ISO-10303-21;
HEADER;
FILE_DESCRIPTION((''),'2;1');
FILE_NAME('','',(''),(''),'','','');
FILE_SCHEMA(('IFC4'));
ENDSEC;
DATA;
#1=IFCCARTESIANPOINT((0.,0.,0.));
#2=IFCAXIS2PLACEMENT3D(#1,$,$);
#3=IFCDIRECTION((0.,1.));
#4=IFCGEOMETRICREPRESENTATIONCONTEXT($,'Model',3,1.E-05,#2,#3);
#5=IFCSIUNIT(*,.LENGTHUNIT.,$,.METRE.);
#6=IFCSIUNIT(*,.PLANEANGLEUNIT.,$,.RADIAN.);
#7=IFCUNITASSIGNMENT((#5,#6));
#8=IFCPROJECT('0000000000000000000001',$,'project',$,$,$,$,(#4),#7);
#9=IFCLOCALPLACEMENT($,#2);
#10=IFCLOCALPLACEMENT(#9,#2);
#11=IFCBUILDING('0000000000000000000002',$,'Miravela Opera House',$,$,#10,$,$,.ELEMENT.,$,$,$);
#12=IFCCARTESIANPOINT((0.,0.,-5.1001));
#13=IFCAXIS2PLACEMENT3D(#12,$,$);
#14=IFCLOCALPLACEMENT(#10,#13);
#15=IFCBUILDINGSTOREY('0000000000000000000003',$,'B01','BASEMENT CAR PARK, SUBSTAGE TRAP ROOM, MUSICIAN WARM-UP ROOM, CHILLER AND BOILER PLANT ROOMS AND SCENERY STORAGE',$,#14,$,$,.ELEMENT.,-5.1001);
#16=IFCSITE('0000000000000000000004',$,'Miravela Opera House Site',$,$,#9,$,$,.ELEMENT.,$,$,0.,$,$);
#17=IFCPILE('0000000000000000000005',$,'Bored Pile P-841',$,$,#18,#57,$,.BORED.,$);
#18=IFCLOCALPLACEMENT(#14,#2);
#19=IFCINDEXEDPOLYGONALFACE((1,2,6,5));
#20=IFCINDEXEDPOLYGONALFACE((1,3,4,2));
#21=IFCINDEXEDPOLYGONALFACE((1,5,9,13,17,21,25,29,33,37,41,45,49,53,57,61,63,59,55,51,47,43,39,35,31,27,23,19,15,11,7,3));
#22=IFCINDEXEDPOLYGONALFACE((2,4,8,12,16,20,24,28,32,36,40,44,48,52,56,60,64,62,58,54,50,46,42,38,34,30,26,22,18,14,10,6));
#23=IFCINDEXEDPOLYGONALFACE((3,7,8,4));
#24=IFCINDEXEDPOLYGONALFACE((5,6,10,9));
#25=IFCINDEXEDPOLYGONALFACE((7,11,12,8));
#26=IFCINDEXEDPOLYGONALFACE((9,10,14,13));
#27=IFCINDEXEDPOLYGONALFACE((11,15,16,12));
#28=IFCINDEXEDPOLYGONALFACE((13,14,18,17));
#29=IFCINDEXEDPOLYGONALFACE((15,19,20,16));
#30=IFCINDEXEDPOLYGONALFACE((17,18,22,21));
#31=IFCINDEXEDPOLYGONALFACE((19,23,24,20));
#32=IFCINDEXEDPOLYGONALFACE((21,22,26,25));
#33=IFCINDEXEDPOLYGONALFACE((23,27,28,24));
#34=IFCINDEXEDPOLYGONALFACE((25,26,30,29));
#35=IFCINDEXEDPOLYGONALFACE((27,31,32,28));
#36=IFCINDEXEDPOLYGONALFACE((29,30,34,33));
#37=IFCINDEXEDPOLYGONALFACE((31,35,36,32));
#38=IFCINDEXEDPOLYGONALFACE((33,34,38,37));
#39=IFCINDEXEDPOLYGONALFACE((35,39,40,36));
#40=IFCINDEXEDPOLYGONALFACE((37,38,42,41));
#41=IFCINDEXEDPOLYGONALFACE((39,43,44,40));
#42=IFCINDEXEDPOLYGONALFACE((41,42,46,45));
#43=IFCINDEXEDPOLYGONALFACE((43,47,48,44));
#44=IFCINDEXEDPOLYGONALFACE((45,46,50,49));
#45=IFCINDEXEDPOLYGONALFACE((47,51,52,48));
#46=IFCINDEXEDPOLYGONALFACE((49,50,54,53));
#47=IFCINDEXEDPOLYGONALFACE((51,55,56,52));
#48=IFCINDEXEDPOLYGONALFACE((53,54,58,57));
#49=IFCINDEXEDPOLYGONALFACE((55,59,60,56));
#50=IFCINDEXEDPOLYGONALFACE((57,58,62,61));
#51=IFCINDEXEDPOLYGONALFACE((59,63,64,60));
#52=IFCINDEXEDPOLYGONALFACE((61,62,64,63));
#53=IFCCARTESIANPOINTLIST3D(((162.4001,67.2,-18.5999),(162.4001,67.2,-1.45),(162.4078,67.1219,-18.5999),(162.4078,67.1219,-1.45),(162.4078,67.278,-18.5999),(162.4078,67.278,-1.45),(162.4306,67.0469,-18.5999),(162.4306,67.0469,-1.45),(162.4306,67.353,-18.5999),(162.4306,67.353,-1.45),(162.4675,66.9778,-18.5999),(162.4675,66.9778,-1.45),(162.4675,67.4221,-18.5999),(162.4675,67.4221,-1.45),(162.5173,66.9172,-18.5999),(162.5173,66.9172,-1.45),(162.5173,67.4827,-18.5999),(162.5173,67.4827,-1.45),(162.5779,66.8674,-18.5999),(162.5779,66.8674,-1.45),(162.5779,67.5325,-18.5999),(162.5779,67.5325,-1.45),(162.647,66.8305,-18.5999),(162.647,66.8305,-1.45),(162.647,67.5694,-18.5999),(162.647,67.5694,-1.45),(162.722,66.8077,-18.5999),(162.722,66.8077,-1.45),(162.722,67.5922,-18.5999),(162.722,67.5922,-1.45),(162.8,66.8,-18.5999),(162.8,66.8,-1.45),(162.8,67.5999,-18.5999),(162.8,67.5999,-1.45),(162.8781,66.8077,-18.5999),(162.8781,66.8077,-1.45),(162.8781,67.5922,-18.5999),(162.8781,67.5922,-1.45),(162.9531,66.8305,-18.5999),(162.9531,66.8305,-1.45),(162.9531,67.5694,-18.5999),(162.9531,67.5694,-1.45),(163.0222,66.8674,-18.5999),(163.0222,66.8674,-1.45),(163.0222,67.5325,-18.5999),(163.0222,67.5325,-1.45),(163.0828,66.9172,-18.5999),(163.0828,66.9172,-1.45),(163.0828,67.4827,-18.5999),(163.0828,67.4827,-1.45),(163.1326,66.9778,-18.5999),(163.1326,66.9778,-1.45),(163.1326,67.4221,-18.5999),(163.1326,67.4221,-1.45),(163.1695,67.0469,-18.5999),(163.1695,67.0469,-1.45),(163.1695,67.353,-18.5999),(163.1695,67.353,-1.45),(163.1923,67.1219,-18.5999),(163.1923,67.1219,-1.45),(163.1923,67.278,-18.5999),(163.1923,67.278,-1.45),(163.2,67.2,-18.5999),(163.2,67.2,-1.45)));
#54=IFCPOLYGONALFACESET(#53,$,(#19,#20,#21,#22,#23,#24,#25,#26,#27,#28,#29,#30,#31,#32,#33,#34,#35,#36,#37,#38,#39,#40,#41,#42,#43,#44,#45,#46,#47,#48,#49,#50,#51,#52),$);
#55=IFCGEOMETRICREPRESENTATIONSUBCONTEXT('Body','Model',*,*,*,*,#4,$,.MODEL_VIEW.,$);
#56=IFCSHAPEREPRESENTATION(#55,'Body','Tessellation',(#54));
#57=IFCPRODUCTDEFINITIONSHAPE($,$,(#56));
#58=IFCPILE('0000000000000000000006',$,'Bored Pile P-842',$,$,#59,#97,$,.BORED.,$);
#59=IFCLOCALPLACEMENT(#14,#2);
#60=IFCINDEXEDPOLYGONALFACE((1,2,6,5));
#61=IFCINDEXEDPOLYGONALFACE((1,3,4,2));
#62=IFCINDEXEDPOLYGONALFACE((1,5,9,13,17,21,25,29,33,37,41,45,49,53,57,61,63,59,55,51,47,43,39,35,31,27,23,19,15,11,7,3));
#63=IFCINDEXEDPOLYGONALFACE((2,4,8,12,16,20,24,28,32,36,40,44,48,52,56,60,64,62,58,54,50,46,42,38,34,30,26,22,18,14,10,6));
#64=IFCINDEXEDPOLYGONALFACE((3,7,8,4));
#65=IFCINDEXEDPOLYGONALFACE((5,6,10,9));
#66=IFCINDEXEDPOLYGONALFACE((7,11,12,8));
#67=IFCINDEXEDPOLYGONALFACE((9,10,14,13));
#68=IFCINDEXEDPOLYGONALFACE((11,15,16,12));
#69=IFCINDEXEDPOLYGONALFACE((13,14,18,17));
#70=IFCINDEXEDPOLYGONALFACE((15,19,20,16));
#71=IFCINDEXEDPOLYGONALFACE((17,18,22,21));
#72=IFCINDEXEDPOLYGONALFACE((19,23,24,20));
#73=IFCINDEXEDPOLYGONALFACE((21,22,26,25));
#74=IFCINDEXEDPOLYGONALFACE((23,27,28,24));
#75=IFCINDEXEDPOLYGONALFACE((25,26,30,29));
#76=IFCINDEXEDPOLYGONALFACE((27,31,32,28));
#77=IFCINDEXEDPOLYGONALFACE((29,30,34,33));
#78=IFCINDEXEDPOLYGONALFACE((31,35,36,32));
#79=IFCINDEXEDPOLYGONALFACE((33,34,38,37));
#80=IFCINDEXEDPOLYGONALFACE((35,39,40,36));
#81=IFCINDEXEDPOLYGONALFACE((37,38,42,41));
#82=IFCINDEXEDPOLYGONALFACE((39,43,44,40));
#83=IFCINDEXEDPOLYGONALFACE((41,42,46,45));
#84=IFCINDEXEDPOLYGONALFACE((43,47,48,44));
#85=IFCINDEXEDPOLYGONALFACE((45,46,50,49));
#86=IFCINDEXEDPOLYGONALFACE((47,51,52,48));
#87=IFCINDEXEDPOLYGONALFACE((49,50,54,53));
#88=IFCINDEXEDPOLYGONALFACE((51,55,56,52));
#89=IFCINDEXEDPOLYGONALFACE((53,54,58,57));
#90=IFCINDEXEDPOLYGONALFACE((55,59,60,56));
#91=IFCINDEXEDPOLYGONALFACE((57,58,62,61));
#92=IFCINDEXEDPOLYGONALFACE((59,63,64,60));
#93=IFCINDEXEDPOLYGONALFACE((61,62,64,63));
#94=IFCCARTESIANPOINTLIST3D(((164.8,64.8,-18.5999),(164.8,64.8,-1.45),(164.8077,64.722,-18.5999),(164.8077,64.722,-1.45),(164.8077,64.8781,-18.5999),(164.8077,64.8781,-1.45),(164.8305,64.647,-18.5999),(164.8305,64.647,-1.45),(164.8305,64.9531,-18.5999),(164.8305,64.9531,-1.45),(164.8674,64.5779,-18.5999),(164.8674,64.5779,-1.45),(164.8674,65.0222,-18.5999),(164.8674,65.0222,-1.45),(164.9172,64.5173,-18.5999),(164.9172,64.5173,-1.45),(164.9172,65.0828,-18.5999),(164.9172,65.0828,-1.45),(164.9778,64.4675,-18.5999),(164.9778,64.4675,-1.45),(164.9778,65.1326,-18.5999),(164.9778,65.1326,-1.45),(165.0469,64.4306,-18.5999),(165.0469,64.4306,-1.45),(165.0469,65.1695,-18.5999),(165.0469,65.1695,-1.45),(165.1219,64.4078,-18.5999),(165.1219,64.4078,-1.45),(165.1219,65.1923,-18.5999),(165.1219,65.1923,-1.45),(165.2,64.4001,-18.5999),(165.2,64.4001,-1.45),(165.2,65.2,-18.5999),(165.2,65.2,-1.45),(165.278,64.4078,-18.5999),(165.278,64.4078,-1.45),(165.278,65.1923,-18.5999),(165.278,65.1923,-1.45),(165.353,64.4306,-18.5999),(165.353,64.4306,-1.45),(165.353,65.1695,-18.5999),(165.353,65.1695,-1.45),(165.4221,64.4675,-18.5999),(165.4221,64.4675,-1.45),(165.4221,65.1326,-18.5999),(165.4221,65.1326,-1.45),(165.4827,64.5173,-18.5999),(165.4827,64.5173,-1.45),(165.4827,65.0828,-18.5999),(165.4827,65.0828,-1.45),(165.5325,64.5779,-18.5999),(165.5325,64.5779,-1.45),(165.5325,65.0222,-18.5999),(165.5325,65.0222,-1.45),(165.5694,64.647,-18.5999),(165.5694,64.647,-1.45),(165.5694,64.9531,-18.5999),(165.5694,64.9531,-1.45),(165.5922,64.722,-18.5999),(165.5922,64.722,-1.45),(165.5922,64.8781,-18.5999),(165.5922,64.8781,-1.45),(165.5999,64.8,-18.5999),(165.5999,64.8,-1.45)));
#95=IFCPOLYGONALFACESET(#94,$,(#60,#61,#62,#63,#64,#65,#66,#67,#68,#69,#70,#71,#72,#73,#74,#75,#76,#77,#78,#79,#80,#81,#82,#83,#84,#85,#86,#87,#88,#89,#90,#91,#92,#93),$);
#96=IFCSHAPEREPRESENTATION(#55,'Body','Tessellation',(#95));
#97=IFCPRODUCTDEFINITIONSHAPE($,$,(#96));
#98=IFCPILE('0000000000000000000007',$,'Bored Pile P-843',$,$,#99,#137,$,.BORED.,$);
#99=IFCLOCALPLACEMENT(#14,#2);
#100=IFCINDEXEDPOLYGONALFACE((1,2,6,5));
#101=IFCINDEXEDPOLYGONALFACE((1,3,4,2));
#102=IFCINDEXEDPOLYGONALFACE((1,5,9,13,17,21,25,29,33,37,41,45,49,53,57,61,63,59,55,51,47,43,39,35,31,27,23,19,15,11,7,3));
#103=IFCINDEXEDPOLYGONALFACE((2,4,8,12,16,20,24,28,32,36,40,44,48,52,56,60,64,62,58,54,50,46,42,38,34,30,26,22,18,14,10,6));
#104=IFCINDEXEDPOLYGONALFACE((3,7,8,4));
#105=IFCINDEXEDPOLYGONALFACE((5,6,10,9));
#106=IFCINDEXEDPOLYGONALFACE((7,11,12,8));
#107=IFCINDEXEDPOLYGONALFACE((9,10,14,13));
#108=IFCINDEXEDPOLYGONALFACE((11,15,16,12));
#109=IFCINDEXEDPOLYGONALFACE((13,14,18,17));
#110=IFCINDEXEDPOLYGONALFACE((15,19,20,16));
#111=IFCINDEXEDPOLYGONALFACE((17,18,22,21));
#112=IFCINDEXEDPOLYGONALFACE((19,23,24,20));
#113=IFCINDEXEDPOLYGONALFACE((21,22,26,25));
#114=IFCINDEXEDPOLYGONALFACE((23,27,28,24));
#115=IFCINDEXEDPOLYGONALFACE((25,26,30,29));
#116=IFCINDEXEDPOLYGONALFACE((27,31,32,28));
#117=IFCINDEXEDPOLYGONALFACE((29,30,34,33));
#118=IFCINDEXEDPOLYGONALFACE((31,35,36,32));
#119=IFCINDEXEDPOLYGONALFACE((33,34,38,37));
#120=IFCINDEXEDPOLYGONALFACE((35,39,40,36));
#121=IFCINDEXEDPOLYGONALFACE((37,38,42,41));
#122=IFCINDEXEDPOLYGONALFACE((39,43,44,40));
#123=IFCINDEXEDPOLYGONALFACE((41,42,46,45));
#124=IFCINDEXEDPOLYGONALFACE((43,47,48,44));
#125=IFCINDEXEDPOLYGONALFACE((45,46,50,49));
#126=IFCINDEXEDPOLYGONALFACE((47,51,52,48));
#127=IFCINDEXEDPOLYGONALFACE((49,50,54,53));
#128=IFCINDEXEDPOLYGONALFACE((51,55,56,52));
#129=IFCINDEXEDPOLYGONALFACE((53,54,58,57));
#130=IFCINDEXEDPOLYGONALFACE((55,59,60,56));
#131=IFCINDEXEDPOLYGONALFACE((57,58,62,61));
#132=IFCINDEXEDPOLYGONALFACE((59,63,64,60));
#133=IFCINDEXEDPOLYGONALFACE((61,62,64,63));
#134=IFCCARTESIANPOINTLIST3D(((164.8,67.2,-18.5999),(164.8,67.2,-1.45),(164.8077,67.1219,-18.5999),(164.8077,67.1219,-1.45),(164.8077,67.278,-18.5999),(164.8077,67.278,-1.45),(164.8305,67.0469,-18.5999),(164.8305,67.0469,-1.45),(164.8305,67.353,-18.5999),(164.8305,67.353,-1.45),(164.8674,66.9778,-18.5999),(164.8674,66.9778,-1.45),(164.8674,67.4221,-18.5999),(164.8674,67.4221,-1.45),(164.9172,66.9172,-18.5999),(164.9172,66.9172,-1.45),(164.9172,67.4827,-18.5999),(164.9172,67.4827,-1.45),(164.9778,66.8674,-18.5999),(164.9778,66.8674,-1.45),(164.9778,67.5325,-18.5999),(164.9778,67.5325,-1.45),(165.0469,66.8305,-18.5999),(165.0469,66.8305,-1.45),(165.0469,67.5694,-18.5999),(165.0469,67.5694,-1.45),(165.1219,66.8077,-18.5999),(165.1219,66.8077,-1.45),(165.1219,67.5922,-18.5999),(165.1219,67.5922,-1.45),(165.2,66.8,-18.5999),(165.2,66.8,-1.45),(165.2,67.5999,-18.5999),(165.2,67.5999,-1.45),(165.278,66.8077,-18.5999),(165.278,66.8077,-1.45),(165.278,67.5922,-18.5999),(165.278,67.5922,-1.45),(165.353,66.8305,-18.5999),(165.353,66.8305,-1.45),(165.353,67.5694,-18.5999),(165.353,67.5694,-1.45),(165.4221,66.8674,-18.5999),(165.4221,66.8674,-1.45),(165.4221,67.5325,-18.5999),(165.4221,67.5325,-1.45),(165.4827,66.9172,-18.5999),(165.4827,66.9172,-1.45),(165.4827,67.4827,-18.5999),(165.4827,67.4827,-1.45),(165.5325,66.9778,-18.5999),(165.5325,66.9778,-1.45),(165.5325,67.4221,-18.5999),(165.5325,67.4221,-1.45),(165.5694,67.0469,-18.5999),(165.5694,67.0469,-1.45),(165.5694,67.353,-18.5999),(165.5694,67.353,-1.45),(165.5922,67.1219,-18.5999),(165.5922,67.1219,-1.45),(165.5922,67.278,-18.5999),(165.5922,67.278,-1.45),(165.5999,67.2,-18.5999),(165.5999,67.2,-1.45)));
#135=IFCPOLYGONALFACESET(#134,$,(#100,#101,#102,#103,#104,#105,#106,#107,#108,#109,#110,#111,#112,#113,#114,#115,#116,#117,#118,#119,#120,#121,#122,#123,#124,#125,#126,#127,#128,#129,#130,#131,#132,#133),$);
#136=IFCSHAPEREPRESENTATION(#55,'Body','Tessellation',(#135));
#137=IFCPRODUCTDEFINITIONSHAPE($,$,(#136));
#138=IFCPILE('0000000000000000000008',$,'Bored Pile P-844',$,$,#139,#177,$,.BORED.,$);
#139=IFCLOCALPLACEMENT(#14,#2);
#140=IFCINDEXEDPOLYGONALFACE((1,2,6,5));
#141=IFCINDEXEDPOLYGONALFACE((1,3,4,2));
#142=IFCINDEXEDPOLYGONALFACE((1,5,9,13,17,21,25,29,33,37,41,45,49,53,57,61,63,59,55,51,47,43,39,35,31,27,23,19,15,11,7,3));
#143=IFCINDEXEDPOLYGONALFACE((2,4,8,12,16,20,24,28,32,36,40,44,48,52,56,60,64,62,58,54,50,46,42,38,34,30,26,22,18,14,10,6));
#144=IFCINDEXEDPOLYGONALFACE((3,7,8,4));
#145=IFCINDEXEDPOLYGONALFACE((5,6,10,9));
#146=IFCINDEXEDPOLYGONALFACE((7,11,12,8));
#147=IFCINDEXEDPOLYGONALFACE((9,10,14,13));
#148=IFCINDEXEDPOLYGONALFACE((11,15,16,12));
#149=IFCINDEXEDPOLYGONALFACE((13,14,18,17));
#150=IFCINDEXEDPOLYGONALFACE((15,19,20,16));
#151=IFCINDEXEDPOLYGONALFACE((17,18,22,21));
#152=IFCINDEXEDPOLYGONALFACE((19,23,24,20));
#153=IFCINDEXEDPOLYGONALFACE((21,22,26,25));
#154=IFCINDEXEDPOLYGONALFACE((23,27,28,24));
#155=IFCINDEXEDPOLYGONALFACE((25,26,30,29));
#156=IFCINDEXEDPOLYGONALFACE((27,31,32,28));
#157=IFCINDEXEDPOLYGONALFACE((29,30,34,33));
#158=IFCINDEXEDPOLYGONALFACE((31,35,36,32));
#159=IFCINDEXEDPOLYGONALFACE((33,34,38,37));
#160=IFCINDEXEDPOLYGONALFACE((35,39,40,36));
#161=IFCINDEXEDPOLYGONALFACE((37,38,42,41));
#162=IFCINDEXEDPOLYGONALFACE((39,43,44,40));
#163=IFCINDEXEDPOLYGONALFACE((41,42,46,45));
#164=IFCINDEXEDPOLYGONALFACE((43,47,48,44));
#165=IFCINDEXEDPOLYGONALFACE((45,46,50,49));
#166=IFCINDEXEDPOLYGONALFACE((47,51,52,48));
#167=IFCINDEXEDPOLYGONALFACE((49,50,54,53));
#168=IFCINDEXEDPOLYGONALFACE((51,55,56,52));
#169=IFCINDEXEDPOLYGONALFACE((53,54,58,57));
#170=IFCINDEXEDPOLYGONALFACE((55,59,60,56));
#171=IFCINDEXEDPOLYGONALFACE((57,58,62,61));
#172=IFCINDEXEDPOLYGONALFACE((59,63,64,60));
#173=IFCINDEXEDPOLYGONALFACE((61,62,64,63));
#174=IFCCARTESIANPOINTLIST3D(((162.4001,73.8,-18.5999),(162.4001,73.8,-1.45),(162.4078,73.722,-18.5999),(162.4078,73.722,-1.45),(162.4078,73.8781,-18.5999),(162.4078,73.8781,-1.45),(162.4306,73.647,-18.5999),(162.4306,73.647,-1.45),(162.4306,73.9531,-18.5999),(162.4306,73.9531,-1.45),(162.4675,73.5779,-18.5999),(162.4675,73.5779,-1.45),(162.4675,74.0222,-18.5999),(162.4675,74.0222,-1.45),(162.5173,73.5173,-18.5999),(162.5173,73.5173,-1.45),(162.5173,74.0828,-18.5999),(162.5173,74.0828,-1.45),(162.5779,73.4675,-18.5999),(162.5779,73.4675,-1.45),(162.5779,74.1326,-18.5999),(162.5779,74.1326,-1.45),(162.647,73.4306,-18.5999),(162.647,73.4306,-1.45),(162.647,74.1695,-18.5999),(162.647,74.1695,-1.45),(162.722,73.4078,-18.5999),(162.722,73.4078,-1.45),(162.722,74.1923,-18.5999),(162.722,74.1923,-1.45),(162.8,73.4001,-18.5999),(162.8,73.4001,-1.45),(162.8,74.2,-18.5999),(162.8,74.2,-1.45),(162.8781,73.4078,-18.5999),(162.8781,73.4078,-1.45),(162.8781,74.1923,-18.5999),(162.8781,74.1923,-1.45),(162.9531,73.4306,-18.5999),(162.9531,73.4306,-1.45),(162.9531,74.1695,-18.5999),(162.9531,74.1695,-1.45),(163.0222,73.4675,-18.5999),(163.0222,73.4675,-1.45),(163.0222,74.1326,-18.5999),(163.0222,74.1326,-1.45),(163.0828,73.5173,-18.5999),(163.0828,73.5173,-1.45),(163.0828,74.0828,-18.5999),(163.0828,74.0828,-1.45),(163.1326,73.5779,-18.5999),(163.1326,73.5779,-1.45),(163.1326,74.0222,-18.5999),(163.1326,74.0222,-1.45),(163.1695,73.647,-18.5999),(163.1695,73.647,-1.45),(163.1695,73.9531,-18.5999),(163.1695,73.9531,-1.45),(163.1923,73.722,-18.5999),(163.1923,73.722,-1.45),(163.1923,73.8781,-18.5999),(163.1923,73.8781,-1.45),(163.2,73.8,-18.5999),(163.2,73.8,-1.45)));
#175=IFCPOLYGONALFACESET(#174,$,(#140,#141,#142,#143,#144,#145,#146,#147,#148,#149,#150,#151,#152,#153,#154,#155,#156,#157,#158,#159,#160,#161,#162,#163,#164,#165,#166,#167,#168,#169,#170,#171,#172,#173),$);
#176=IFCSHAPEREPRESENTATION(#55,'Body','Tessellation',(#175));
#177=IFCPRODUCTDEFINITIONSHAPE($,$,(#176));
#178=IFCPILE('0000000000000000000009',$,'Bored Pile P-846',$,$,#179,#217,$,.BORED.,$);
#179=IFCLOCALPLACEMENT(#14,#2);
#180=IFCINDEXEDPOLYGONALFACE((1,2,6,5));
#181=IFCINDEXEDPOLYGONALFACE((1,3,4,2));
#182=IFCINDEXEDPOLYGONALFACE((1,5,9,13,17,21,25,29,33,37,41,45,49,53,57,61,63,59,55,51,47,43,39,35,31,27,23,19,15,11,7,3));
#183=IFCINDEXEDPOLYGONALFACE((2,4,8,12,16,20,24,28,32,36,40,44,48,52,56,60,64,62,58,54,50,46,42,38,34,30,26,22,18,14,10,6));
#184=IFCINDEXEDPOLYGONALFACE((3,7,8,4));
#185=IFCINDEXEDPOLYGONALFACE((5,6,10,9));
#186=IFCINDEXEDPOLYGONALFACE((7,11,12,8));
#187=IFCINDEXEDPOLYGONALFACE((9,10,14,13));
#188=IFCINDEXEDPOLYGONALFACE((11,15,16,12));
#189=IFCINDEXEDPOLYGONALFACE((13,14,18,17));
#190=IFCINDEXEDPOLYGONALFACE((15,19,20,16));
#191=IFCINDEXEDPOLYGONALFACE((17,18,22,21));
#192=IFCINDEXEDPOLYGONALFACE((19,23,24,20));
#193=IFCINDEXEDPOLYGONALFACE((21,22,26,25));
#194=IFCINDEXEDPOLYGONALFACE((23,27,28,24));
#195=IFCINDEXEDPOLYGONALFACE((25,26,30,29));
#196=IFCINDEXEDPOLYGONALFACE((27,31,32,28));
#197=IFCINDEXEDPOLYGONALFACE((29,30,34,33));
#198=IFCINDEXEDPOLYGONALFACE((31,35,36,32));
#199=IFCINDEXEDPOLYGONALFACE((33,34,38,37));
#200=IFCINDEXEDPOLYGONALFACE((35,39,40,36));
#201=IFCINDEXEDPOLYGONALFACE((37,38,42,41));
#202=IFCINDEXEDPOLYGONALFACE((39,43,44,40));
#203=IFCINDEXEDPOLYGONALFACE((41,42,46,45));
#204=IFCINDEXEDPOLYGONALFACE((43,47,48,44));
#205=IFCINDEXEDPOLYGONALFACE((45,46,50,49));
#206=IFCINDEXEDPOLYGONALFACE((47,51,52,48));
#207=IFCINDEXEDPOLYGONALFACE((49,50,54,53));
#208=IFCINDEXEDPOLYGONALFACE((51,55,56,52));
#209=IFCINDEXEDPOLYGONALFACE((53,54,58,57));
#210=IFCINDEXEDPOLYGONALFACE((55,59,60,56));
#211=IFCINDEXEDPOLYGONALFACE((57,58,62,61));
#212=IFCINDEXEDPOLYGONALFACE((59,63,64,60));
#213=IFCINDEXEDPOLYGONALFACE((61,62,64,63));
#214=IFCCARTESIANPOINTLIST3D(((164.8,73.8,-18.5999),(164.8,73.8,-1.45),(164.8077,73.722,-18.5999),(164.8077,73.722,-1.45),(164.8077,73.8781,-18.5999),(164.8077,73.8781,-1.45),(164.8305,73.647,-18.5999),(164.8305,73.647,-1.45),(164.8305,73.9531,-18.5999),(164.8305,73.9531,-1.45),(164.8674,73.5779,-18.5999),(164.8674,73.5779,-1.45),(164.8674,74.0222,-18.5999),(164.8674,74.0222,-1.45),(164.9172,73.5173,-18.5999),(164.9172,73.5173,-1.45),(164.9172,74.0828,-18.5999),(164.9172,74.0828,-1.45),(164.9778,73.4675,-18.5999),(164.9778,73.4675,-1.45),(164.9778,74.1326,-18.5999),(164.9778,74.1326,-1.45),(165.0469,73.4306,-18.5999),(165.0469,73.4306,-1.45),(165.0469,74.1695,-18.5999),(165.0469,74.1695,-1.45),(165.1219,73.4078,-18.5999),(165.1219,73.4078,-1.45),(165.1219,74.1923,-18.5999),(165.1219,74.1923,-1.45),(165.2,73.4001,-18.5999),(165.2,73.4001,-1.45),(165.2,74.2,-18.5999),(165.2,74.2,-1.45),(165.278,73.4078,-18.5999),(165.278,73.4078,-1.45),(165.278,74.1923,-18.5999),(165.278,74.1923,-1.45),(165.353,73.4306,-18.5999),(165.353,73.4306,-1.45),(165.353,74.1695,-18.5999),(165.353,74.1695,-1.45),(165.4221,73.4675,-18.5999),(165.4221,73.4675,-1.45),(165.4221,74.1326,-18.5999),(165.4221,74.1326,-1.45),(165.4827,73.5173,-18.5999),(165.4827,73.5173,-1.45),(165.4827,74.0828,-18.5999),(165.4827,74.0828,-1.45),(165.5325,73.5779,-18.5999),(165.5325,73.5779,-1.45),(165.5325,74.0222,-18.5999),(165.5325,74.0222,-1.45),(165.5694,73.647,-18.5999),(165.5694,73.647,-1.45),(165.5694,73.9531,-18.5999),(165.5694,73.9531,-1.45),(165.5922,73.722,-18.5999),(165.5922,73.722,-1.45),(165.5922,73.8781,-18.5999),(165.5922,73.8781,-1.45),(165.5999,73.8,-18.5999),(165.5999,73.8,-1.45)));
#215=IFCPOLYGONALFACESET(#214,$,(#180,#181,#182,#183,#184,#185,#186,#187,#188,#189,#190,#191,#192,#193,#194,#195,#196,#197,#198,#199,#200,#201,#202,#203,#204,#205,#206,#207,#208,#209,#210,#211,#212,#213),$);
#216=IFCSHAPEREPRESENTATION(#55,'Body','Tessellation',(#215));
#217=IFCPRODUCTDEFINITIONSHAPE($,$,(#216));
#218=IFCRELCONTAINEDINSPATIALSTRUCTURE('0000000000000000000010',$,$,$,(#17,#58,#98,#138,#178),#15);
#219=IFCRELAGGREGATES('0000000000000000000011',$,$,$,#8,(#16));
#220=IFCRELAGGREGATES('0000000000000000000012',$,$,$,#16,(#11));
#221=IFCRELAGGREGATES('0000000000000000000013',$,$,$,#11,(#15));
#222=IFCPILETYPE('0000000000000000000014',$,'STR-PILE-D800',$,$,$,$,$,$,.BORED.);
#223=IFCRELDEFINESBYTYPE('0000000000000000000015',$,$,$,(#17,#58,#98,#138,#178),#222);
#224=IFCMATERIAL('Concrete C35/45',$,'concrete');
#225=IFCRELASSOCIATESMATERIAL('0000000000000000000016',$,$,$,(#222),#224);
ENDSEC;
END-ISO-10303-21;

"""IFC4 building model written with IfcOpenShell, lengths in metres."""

from ifc_helpers import new_model, si_unit, direction, frame, origin, origin_2d, place, context, subcontext, project, spatial, circle, extrude, material, material_profile, profile_set, type_object, element, save


model = new_model("IFC4")

# Units and contexts
model_context = context("Model", 3, precision=1e-05, world=origin(), true_north=direction((0.0, 1.0)))
body_context = subcontext(model_context, "Body", "Model", "MODEL_VIEW")
ifc_project = project(units=[si_unit("LENGTHUNIT", "METRE"), si_unit("PLANEANGLEUNIT", "RADIAN")], contexts=[model_context])

# Site, building, storey
site_placement = place(None, origin())
site = spatial("IfcSite", under=ifc_project, at=site_placement, Name="Miravela Opera House Site", CompositionType="ELEMENT", RefElevation=0.0)
building_placement = place(site_placement, origin())
building = spatial("IfcBuilding", under=site, at=building_placement, Name="Miravela Opera House", CompositionType="ELEMENT")
storey_placement = place(building_placement, frame((0.0, 0.0, -5.1001)))
storey = spatial("IfcBuildingStorey", under=building, at=storey_placement, Name="B01", Description="BASEMENT CAR PARK, SUBSTAGE TRAP ROOM, MUSICIAN WARM-UP ROOM, CHILLER AND BOILER PLANT ROOMS AND SCENERY STORAGE", CompositionType="ELEMENT", Elevation=-5.1001)

# Shared definitions
ifc_material_1 = material(Name="Concrete C35/45", Category="concrete")

# Piles
ifc_material_profile_1 = material_profile(ifc_material_1, circle(Radius=0.3999, at=origin_2d()), Name="PILE-D800")
ifc_profile_set_1 = profile_set([ifc_material_profile_1])
pile_type_1 = type_object("IfcPileType", Name="STR-PILE-D800", PredefinedType="BORED", material=ifc_profile_set_1)
for number, where, z_axis, x_axis, name in (
    (1, (162.8, 67.2, -1.45), (0.0, 0.0, -1.0), (1.0, 0.0, 0.0), "Bored Pile P-841"),
    (2, (165.2, 64.8, -1.45), (0.0, 0.0, -1.0), (1.0, 0.0, 0.0), "Bored Pile P-842"),
    (3, (165.2, 67.2, -1.45), (0.0, 0.0, -1.0), (1.0, 0.0, 0.0), "Bored Pile P-843"),
    (4, (162.8, 73.8, -1.45), (0.0, 0.0, -1.0), (1.0, 0.0, 0.0), "Bored Pile P-844"),
    (5, (165.2, 73.8, -1.45), (0.0, 0.0, -1.0), (1.0, 0.0, 0.0), "Bored Pile P-846"),
):
    element("IfcPile", number, at=place(storey_placement, frame(where, z_axis=z_axis, x_axis=x_axis)), inside=storey, type_object=pile_type_1, Name=name, PredefinedType="BORED", context=body_context, shape_type="SweptSolid", body=[
        extrude(circle(Radius=0.3999, at=origin_2d()), origin(), (0.0, 0.0, 1.0), 17.1499),
    ])

save(model, "model.ifc")
